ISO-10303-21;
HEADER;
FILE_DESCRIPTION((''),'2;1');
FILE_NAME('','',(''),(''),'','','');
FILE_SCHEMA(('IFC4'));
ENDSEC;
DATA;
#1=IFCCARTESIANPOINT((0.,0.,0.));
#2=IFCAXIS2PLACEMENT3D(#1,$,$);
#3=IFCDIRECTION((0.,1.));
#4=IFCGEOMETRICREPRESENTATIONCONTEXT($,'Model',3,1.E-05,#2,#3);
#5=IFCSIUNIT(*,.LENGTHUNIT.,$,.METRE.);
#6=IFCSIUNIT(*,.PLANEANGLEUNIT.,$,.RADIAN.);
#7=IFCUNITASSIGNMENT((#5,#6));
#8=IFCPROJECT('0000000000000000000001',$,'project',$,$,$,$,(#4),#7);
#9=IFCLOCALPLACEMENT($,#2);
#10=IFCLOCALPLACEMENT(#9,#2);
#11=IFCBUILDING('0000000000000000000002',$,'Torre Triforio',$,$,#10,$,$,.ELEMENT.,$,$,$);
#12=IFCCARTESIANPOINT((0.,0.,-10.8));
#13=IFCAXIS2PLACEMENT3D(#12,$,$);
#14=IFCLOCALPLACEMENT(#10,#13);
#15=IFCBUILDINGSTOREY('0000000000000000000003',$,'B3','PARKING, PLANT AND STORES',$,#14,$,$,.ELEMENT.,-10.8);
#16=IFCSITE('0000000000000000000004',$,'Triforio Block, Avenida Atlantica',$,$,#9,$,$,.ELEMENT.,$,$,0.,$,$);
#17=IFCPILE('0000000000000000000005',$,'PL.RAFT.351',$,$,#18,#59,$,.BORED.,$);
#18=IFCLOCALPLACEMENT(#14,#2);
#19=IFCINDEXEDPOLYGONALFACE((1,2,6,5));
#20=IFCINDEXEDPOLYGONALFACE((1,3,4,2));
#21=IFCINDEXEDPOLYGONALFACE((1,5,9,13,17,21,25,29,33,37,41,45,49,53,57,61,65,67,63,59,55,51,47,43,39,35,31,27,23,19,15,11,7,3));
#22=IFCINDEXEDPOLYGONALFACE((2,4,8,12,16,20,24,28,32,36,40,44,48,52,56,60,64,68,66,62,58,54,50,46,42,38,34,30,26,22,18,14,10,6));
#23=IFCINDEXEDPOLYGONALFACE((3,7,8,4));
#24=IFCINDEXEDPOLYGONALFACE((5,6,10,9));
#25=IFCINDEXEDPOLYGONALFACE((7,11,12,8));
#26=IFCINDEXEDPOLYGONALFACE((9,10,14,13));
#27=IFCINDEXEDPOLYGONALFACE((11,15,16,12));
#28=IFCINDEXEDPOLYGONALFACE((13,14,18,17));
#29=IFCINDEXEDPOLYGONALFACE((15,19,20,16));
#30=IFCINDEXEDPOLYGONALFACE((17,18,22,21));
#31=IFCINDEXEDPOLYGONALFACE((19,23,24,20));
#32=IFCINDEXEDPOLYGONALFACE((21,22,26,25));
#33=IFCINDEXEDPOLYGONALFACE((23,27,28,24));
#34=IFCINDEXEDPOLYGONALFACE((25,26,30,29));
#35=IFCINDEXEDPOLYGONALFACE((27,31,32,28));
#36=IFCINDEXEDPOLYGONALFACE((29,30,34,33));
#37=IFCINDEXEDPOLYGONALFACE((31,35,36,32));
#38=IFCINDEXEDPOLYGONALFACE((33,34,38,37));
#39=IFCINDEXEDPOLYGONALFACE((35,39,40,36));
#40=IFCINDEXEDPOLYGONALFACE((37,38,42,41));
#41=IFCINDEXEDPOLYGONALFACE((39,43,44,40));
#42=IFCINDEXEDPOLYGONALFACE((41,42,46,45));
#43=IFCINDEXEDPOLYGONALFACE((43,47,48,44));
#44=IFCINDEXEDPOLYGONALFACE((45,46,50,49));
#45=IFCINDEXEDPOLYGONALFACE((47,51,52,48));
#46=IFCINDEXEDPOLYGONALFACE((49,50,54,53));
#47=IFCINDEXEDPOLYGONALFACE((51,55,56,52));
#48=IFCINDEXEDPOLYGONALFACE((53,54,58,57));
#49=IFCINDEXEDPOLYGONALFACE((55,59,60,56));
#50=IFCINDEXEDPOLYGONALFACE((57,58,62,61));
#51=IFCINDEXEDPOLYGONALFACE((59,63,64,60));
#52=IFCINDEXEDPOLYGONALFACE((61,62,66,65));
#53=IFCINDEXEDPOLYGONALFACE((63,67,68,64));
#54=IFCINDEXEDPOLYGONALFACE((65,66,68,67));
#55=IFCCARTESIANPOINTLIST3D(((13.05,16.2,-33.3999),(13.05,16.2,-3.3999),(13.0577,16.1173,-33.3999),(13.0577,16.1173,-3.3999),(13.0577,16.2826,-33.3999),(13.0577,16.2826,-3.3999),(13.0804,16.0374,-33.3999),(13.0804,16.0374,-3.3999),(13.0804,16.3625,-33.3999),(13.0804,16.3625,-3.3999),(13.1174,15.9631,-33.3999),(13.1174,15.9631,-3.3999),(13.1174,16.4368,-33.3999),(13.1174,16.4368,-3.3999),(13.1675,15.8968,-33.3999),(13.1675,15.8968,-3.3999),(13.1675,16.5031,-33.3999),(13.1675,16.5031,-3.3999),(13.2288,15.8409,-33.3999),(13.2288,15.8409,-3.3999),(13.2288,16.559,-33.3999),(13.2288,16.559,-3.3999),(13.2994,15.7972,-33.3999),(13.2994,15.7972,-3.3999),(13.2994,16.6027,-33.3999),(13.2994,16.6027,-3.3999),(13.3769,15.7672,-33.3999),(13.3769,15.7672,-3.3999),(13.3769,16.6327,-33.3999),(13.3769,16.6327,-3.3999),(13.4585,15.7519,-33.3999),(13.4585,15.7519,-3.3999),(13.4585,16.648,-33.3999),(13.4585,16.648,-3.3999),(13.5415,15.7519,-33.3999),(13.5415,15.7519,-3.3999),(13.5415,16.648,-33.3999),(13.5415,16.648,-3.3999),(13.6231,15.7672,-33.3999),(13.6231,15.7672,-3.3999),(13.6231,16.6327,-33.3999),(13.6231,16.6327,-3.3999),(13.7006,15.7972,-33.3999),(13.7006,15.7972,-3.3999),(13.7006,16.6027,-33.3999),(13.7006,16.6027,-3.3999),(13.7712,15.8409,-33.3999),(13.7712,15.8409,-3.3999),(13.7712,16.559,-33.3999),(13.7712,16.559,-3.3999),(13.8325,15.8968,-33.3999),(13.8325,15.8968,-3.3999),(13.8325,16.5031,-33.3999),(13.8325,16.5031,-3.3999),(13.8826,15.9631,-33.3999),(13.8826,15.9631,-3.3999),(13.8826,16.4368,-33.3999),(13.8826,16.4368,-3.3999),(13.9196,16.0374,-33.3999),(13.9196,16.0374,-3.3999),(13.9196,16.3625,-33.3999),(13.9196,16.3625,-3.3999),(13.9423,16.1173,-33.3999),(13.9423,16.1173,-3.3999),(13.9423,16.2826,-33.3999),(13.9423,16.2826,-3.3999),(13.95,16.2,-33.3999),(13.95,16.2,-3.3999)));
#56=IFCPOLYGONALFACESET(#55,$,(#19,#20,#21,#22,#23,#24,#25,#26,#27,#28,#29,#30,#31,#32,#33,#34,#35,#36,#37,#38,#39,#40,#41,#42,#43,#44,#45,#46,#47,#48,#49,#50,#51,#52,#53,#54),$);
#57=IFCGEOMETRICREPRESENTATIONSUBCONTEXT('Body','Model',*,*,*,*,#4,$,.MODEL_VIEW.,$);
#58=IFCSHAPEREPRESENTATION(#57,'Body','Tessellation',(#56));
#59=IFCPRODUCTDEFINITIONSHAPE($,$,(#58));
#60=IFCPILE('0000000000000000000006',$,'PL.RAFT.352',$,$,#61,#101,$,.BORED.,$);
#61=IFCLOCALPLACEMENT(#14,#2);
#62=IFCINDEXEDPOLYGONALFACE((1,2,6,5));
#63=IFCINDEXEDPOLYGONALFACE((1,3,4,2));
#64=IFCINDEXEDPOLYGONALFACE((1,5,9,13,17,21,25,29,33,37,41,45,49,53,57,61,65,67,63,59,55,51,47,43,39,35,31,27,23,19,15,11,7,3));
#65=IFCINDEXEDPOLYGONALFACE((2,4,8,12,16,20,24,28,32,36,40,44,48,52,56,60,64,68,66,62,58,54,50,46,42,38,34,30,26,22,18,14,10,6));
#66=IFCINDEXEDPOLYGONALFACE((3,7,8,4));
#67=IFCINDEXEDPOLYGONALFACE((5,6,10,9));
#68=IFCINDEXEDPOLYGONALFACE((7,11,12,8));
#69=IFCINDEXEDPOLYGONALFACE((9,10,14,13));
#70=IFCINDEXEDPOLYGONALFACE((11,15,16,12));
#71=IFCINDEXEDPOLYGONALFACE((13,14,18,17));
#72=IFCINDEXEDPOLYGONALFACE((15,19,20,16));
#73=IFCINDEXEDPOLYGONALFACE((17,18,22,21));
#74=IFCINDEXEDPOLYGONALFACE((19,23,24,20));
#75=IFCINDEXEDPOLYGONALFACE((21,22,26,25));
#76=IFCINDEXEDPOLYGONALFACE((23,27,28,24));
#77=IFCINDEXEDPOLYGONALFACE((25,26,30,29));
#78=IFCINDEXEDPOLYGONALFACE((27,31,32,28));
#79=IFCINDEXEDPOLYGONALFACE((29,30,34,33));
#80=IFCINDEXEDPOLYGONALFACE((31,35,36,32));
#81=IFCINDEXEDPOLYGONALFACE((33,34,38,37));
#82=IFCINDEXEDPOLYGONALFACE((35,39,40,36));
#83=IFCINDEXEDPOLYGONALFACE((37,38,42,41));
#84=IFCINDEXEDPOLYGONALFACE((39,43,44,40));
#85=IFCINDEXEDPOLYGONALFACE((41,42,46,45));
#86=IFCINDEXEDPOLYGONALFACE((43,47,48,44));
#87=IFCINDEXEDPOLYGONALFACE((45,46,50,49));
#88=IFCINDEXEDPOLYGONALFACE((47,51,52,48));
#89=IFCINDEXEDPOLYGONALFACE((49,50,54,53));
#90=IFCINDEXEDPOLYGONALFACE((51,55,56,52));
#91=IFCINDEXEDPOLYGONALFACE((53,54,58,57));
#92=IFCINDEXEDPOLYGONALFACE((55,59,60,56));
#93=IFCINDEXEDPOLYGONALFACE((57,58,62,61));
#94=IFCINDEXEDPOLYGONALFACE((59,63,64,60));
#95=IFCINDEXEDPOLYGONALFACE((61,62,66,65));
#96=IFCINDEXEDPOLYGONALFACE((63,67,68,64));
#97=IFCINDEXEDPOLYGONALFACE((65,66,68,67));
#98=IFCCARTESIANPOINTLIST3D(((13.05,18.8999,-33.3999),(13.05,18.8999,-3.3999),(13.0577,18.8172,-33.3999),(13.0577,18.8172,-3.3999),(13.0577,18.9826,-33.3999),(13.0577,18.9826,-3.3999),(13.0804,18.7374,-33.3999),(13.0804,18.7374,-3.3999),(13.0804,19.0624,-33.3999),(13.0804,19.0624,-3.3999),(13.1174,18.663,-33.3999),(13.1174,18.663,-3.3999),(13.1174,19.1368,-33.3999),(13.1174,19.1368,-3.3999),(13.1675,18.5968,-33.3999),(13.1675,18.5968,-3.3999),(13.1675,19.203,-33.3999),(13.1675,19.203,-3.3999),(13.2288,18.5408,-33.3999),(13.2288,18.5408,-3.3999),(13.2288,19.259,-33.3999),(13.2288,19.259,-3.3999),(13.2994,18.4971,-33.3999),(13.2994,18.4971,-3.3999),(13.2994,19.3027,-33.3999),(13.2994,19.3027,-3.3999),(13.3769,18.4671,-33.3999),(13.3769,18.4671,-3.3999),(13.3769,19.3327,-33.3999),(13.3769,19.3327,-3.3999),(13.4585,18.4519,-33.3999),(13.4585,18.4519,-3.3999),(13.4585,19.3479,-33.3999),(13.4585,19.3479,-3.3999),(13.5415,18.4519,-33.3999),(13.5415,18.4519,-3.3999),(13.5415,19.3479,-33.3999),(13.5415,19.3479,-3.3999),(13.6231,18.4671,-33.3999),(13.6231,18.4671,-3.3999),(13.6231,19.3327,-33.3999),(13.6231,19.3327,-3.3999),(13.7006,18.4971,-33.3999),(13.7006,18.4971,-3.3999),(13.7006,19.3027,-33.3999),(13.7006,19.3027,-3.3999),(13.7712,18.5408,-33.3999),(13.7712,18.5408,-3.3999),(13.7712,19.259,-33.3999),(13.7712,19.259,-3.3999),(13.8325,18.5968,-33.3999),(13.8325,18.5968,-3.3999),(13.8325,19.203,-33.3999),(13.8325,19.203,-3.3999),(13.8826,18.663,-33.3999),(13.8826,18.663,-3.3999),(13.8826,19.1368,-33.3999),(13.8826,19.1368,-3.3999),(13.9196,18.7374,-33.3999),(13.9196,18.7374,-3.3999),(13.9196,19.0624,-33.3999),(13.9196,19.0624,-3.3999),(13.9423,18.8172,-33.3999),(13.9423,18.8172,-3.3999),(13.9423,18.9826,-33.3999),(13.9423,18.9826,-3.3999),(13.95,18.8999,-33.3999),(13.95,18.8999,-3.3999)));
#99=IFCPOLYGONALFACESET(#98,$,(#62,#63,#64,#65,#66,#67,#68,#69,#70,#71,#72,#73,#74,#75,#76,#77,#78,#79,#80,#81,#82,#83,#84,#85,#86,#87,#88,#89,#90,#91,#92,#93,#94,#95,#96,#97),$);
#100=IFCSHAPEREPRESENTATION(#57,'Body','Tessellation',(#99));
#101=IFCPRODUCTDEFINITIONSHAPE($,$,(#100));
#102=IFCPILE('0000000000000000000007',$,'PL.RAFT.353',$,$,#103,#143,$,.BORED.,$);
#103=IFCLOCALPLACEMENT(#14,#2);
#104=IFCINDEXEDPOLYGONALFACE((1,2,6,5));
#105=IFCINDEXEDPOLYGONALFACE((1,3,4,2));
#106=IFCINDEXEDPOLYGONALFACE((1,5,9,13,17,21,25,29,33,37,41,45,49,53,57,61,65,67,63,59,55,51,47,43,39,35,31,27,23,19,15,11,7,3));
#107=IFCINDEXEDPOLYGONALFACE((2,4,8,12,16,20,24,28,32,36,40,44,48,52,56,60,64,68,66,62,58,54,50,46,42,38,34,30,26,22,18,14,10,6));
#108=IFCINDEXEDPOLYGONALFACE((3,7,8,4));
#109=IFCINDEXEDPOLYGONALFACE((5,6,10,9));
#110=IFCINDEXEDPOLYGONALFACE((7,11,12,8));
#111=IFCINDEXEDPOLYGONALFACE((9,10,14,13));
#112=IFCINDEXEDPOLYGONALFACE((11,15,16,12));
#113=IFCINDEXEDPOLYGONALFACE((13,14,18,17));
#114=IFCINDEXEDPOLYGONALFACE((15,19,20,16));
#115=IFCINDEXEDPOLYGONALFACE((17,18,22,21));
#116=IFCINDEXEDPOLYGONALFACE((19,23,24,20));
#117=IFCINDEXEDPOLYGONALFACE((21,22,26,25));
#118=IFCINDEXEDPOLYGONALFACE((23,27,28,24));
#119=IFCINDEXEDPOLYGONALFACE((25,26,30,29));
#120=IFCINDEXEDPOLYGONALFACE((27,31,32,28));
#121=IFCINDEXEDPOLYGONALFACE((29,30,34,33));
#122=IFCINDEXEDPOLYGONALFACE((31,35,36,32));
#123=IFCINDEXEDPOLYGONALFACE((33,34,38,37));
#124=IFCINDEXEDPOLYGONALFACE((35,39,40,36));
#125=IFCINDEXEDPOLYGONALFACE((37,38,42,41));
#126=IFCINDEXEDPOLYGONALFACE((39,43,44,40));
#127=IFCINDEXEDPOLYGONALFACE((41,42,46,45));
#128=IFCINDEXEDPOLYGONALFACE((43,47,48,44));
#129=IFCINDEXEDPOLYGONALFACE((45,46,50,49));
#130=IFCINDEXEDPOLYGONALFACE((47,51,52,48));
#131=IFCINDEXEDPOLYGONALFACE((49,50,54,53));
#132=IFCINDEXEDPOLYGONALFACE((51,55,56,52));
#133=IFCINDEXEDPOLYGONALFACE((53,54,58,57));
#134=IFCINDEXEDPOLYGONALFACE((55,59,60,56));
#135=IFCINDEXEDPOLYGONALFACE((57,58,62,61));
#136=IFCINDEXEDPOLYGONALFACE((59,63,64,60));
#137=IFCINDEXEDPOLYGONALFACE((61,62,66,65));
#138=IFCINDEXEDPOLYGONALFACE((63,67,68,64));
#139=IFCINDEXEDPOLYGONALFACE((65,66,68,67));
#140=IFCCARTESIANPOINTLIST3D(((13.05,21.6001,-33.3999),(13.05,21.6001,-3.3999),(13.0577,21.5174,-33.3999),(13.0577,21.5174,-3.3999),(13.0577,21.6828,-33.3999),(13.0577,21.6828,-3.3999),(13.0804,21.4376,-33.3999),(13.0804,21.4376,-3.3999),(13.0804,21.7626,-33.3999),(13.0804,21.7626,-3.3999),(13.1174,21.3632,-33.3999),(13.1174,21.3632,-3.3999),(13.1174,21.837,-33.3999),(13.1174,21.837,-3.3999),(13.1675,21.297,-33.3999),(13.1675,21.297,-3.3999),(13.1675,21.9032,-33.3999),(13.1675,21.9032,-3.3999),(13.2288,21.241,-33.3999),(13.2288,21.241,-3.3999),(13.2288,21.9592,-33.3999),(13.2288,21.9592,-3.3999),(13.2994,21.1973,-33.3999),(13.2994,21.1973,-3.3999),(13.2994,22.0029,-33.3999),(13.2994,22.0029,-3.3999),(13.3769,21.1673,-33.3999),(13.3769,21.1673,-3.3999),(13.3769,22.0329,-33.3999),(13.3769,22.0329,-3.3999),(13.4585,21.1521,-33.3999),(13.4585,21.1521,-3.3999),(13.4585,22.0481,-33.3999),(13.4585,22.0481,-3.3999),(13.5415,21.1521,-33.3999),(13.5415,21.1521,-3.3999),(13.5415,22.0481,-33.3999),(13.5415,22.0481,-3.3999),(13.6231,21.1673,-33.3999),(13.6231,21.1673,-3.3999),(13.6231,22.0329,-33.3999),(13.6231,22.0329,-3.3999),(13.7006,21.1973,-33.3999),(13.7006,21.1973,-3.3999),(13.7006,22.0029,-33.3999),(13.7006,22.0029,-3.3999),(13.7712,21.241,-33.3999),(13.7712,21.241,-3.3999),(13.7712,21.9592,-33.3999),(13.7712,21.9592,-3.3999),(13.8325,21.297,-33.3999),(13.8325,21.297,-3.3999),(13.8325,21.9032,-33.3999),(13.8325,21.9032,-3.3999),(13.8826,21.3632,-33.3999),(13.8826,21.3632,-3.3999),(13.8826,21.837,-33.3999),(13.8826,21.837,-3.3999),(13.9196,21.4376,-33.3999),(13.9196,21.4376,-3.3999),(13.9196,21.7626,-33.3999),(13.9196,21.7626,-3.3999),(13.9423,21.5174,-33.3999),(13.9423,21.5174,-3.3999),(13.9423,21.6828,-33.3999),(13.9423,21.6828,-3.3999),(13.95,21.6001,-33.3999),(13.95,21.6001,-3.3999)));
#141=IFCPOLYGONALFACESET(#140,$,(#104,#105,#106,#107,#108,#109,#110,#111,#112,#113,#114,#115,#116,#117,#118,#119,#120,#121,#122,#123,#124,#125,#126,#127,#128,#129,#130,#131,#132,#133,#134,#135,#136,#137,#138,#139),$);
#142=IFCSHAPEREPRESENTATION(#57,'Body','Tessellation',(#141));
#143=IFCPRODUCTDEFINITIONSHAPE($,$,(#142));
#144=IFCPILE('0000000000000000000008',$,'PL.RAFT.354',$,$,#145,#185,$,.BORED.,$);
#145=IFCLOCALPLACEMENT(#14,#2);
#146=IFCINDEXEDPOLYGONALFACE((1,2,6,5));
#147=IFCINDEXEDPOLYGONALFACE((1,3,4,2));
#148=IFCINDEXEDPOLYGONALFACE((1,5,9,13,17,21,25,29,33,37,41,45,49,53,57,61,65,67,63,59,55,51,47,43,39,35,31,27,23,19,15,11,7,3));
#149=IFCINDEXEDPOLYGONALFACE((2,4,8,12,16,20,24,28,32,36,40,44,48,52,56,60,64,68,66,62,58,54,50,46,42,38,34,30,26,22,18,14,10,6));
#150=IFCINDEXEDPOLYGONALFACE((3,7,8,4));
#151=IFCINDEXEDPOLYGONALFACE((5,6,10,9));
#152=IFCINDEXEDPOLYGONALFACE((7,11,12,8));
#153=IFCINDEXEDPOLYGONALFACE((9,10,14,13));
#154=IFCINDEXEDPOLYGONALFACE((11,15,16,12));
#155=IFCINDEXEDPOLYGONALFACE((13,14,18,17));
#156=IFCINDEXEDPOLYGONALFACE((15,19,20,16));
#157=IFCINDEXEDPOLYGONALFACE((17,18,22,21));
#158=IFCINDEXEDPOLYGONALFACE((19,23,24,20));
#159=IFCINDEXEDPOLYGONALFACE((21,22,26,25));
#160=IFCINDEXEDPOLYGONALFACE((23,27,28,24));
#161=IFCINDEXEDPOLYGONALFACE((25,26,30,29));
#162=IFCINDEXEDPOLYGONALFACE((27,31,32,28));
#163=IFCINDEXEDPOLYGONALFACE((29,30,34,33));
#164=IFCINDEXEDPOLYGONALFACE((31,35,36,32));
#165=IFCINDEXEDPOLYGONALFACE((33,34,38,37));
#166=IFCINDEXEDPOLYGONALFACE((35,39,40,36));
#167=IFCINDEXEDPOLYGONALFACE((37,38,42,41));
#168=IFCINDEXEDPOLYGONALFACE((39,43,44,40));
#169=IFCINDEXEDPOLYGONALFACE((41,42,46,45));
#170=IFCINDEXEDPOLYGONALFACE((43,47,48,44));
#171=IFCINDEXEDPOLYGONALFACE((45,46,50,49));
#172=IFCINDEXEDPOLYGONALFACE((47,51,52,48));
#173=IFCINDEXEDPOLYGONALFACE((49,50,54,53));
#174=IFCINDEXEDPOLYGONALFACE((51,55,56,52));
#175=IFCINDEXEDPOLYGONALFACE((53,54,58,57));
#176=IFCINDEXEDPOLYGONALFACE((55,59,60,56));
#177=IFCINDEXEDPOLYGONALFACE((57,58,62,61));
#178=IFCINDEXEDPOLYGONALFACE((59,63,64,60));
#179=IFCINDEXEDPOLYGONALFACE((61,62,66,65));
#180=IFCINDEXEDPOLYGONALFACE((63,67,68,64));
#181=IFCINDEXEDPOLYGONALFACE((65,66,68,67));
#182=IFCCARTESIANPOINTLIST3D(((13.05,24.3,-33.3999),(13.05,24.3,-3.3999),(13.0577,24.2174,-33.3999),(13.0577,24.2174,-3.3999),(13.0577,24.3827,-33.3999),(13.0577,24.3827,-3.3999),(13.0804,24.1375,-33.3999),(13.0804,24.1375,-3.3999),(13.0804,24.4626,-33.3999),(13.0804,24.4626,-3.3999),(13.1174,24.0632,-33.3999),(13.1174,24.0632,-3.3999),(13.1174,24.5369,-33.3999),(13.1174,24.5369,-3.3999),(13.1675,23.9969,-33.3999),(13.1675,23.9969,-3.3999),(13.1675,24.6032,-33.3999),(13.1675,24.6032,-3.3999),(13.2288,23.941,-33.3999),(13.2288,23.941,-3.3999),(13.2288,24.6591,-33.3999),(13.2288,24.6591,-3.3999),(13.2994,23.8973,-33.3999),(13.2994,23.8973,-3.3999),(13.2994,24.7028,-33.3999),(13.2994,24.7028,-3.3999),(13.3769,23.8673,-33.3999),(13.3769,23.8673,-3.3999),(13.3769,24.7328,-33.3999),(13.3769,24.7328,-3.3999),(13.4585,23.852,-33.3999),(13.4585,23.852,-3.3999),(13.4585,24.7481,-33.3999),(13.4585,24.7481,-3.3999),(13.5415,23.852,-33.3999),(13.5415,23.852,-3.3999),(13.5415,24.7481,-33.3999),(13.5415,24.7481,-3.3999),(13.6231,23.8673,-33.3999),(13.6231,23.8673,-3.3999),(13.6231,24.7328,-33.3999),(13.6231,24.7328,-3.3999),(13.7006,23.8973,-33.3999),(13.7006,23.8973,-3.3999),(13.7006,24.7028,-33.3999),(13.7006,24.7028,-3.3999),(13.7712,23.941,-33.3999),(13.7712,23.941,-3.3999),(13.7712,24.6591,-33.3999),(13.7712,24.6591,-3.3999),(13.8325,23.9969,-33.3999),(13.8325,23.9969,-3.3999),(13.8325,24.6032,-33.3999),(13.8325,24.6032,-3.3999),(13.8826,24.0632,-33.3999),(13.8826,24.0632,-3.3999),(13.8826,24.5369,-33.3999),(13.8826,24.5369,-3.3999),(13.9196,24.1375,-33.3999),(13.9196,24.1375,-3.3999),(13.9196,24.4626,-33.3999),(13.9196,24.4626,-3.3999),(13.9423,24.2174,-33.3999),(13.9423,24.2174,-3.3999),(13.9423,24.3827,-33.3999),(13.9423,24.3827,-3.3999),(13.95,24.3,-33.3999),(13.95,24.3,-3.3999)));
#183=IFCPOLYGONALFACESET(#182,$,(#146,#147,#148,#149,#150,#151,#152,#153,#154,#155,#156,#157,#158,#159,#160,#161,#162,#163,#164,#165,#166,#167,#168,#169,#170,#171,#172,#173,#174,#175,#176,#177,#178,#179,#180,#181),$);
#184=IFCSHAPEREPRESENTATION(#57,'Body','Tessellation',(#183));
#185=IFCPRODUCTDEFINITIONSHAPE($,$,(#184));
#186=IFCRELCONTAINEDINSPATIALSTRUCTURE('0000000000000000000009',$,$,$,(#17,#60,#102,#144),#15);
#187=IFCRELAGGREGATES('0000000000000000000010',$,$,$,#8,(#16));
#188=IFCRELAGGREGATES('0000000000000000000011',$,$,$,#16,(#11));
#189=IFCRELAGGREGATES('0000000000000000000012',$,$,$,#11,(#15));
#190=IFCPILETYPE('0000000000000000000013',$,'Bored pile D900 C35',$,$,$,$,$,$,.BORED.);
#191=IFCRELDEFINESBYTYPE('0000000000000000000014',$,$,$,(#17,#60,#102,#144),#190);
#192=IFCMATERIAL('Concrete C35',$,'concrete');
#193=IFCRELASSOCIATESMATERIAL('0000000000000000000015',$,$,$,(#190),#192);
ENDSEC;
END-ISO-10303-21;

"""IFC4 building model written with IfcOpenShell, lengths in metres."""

from ifc_helpers import new_model, si_unit, direction, frame, origin, origin_2d, place, context, subcontext, project, spatial, circle, extrude, material, material_profile, profile_set, type_object, element, save


model = new_model("IFC4")

# Units and contexts
model_context = context("Model", 3, precision=1e-05, world=origin(), true_north=direction((0.0, 1.0)))
body_context = subcontext(model_context, "Body", "Model", "MODEL_VIEW")
ifc_project = project(units=[si_unit("LENGTHUNIT", "METRE"), si_unit("PLANEANGLEUNIT", "RADIAN")], contexts=[model_context])

# Site, building, storey
site_placement = place(None, origin())
site = spatial("IfcSite", under=ifc_project, at=site_placement, Name="Triforio Block, Avenida Atlantica", CompositionType="ELEMENT", RefElevation=0.0)
building_placement = place(site_placement, origin())
building = spatial("IfcBuilding", under=site, at=building_placement, Name="Torre Triforio", CompositionType="ELEMENT")
storey_placement = place(building_placement, frame((0.0, 0.0, -10.8)))
storey = spatial("IfcBuildingStorey", under=building, at=storey_placement, Name="B3", Description="PARKING, PLANT AND STORES", CompositionType="ELEMENT", Elevation=-10.8)

# Piles
ifc_material_1 = material(Name="Concrete C35", Category="concrete")
ifc_material_profile_1 = material_profile(ifc_material_1, circle(Radius=0.45, at=origin_2d()), Name="RC D900")
ifc_profile_set_1 = profile_set([ifc_material_profile_1], Name="Concrete C35")
pile_type = type_object("IfcPileType", Name="Bored pile D900 C35", PredefinedType="BORED", material=ifc_profile_set_1)
for number, where, z_axis, x_axis, name in (
    (1, (13.5, 16.2, -3.3999), (0.0, 0.0, -1.0), (1.0, 0.0, 0.0), "PL.RAFT.351"),
    (2, (13.5, 18.8999, -3.3999), (0.0, 0.0, -1.0), (1.0, 0.0, 0.0), "PL.RAFT.352"),
    (3, (13.5, 21.6001, -3.3999), (0.0, 0.0, -1.0), (1.0, 0.0, 0.0), "PL.RAFT.353"),
    (4, (13.5, 24.3, -3.3999), (0.0, 0.0, -1.0), (1.0, 0.0, 0.0), "PL.RAFT.354"),
):
    element("IfcPile", number, at=place(storey_placement, frame(where, z_axis=z_axis, x_axis=x_axis)), inside=storey, type_object=pile_type, Name=name, PredefinedType="BORED", context=body_context, shape_type="SweptSolid", body=[
        extrude(circle(Radius=0.45, at=origin_2d()), origin(), (0.0, 0.0, 1.0), 30.0),
    ])

save(model, "model.ifc")
